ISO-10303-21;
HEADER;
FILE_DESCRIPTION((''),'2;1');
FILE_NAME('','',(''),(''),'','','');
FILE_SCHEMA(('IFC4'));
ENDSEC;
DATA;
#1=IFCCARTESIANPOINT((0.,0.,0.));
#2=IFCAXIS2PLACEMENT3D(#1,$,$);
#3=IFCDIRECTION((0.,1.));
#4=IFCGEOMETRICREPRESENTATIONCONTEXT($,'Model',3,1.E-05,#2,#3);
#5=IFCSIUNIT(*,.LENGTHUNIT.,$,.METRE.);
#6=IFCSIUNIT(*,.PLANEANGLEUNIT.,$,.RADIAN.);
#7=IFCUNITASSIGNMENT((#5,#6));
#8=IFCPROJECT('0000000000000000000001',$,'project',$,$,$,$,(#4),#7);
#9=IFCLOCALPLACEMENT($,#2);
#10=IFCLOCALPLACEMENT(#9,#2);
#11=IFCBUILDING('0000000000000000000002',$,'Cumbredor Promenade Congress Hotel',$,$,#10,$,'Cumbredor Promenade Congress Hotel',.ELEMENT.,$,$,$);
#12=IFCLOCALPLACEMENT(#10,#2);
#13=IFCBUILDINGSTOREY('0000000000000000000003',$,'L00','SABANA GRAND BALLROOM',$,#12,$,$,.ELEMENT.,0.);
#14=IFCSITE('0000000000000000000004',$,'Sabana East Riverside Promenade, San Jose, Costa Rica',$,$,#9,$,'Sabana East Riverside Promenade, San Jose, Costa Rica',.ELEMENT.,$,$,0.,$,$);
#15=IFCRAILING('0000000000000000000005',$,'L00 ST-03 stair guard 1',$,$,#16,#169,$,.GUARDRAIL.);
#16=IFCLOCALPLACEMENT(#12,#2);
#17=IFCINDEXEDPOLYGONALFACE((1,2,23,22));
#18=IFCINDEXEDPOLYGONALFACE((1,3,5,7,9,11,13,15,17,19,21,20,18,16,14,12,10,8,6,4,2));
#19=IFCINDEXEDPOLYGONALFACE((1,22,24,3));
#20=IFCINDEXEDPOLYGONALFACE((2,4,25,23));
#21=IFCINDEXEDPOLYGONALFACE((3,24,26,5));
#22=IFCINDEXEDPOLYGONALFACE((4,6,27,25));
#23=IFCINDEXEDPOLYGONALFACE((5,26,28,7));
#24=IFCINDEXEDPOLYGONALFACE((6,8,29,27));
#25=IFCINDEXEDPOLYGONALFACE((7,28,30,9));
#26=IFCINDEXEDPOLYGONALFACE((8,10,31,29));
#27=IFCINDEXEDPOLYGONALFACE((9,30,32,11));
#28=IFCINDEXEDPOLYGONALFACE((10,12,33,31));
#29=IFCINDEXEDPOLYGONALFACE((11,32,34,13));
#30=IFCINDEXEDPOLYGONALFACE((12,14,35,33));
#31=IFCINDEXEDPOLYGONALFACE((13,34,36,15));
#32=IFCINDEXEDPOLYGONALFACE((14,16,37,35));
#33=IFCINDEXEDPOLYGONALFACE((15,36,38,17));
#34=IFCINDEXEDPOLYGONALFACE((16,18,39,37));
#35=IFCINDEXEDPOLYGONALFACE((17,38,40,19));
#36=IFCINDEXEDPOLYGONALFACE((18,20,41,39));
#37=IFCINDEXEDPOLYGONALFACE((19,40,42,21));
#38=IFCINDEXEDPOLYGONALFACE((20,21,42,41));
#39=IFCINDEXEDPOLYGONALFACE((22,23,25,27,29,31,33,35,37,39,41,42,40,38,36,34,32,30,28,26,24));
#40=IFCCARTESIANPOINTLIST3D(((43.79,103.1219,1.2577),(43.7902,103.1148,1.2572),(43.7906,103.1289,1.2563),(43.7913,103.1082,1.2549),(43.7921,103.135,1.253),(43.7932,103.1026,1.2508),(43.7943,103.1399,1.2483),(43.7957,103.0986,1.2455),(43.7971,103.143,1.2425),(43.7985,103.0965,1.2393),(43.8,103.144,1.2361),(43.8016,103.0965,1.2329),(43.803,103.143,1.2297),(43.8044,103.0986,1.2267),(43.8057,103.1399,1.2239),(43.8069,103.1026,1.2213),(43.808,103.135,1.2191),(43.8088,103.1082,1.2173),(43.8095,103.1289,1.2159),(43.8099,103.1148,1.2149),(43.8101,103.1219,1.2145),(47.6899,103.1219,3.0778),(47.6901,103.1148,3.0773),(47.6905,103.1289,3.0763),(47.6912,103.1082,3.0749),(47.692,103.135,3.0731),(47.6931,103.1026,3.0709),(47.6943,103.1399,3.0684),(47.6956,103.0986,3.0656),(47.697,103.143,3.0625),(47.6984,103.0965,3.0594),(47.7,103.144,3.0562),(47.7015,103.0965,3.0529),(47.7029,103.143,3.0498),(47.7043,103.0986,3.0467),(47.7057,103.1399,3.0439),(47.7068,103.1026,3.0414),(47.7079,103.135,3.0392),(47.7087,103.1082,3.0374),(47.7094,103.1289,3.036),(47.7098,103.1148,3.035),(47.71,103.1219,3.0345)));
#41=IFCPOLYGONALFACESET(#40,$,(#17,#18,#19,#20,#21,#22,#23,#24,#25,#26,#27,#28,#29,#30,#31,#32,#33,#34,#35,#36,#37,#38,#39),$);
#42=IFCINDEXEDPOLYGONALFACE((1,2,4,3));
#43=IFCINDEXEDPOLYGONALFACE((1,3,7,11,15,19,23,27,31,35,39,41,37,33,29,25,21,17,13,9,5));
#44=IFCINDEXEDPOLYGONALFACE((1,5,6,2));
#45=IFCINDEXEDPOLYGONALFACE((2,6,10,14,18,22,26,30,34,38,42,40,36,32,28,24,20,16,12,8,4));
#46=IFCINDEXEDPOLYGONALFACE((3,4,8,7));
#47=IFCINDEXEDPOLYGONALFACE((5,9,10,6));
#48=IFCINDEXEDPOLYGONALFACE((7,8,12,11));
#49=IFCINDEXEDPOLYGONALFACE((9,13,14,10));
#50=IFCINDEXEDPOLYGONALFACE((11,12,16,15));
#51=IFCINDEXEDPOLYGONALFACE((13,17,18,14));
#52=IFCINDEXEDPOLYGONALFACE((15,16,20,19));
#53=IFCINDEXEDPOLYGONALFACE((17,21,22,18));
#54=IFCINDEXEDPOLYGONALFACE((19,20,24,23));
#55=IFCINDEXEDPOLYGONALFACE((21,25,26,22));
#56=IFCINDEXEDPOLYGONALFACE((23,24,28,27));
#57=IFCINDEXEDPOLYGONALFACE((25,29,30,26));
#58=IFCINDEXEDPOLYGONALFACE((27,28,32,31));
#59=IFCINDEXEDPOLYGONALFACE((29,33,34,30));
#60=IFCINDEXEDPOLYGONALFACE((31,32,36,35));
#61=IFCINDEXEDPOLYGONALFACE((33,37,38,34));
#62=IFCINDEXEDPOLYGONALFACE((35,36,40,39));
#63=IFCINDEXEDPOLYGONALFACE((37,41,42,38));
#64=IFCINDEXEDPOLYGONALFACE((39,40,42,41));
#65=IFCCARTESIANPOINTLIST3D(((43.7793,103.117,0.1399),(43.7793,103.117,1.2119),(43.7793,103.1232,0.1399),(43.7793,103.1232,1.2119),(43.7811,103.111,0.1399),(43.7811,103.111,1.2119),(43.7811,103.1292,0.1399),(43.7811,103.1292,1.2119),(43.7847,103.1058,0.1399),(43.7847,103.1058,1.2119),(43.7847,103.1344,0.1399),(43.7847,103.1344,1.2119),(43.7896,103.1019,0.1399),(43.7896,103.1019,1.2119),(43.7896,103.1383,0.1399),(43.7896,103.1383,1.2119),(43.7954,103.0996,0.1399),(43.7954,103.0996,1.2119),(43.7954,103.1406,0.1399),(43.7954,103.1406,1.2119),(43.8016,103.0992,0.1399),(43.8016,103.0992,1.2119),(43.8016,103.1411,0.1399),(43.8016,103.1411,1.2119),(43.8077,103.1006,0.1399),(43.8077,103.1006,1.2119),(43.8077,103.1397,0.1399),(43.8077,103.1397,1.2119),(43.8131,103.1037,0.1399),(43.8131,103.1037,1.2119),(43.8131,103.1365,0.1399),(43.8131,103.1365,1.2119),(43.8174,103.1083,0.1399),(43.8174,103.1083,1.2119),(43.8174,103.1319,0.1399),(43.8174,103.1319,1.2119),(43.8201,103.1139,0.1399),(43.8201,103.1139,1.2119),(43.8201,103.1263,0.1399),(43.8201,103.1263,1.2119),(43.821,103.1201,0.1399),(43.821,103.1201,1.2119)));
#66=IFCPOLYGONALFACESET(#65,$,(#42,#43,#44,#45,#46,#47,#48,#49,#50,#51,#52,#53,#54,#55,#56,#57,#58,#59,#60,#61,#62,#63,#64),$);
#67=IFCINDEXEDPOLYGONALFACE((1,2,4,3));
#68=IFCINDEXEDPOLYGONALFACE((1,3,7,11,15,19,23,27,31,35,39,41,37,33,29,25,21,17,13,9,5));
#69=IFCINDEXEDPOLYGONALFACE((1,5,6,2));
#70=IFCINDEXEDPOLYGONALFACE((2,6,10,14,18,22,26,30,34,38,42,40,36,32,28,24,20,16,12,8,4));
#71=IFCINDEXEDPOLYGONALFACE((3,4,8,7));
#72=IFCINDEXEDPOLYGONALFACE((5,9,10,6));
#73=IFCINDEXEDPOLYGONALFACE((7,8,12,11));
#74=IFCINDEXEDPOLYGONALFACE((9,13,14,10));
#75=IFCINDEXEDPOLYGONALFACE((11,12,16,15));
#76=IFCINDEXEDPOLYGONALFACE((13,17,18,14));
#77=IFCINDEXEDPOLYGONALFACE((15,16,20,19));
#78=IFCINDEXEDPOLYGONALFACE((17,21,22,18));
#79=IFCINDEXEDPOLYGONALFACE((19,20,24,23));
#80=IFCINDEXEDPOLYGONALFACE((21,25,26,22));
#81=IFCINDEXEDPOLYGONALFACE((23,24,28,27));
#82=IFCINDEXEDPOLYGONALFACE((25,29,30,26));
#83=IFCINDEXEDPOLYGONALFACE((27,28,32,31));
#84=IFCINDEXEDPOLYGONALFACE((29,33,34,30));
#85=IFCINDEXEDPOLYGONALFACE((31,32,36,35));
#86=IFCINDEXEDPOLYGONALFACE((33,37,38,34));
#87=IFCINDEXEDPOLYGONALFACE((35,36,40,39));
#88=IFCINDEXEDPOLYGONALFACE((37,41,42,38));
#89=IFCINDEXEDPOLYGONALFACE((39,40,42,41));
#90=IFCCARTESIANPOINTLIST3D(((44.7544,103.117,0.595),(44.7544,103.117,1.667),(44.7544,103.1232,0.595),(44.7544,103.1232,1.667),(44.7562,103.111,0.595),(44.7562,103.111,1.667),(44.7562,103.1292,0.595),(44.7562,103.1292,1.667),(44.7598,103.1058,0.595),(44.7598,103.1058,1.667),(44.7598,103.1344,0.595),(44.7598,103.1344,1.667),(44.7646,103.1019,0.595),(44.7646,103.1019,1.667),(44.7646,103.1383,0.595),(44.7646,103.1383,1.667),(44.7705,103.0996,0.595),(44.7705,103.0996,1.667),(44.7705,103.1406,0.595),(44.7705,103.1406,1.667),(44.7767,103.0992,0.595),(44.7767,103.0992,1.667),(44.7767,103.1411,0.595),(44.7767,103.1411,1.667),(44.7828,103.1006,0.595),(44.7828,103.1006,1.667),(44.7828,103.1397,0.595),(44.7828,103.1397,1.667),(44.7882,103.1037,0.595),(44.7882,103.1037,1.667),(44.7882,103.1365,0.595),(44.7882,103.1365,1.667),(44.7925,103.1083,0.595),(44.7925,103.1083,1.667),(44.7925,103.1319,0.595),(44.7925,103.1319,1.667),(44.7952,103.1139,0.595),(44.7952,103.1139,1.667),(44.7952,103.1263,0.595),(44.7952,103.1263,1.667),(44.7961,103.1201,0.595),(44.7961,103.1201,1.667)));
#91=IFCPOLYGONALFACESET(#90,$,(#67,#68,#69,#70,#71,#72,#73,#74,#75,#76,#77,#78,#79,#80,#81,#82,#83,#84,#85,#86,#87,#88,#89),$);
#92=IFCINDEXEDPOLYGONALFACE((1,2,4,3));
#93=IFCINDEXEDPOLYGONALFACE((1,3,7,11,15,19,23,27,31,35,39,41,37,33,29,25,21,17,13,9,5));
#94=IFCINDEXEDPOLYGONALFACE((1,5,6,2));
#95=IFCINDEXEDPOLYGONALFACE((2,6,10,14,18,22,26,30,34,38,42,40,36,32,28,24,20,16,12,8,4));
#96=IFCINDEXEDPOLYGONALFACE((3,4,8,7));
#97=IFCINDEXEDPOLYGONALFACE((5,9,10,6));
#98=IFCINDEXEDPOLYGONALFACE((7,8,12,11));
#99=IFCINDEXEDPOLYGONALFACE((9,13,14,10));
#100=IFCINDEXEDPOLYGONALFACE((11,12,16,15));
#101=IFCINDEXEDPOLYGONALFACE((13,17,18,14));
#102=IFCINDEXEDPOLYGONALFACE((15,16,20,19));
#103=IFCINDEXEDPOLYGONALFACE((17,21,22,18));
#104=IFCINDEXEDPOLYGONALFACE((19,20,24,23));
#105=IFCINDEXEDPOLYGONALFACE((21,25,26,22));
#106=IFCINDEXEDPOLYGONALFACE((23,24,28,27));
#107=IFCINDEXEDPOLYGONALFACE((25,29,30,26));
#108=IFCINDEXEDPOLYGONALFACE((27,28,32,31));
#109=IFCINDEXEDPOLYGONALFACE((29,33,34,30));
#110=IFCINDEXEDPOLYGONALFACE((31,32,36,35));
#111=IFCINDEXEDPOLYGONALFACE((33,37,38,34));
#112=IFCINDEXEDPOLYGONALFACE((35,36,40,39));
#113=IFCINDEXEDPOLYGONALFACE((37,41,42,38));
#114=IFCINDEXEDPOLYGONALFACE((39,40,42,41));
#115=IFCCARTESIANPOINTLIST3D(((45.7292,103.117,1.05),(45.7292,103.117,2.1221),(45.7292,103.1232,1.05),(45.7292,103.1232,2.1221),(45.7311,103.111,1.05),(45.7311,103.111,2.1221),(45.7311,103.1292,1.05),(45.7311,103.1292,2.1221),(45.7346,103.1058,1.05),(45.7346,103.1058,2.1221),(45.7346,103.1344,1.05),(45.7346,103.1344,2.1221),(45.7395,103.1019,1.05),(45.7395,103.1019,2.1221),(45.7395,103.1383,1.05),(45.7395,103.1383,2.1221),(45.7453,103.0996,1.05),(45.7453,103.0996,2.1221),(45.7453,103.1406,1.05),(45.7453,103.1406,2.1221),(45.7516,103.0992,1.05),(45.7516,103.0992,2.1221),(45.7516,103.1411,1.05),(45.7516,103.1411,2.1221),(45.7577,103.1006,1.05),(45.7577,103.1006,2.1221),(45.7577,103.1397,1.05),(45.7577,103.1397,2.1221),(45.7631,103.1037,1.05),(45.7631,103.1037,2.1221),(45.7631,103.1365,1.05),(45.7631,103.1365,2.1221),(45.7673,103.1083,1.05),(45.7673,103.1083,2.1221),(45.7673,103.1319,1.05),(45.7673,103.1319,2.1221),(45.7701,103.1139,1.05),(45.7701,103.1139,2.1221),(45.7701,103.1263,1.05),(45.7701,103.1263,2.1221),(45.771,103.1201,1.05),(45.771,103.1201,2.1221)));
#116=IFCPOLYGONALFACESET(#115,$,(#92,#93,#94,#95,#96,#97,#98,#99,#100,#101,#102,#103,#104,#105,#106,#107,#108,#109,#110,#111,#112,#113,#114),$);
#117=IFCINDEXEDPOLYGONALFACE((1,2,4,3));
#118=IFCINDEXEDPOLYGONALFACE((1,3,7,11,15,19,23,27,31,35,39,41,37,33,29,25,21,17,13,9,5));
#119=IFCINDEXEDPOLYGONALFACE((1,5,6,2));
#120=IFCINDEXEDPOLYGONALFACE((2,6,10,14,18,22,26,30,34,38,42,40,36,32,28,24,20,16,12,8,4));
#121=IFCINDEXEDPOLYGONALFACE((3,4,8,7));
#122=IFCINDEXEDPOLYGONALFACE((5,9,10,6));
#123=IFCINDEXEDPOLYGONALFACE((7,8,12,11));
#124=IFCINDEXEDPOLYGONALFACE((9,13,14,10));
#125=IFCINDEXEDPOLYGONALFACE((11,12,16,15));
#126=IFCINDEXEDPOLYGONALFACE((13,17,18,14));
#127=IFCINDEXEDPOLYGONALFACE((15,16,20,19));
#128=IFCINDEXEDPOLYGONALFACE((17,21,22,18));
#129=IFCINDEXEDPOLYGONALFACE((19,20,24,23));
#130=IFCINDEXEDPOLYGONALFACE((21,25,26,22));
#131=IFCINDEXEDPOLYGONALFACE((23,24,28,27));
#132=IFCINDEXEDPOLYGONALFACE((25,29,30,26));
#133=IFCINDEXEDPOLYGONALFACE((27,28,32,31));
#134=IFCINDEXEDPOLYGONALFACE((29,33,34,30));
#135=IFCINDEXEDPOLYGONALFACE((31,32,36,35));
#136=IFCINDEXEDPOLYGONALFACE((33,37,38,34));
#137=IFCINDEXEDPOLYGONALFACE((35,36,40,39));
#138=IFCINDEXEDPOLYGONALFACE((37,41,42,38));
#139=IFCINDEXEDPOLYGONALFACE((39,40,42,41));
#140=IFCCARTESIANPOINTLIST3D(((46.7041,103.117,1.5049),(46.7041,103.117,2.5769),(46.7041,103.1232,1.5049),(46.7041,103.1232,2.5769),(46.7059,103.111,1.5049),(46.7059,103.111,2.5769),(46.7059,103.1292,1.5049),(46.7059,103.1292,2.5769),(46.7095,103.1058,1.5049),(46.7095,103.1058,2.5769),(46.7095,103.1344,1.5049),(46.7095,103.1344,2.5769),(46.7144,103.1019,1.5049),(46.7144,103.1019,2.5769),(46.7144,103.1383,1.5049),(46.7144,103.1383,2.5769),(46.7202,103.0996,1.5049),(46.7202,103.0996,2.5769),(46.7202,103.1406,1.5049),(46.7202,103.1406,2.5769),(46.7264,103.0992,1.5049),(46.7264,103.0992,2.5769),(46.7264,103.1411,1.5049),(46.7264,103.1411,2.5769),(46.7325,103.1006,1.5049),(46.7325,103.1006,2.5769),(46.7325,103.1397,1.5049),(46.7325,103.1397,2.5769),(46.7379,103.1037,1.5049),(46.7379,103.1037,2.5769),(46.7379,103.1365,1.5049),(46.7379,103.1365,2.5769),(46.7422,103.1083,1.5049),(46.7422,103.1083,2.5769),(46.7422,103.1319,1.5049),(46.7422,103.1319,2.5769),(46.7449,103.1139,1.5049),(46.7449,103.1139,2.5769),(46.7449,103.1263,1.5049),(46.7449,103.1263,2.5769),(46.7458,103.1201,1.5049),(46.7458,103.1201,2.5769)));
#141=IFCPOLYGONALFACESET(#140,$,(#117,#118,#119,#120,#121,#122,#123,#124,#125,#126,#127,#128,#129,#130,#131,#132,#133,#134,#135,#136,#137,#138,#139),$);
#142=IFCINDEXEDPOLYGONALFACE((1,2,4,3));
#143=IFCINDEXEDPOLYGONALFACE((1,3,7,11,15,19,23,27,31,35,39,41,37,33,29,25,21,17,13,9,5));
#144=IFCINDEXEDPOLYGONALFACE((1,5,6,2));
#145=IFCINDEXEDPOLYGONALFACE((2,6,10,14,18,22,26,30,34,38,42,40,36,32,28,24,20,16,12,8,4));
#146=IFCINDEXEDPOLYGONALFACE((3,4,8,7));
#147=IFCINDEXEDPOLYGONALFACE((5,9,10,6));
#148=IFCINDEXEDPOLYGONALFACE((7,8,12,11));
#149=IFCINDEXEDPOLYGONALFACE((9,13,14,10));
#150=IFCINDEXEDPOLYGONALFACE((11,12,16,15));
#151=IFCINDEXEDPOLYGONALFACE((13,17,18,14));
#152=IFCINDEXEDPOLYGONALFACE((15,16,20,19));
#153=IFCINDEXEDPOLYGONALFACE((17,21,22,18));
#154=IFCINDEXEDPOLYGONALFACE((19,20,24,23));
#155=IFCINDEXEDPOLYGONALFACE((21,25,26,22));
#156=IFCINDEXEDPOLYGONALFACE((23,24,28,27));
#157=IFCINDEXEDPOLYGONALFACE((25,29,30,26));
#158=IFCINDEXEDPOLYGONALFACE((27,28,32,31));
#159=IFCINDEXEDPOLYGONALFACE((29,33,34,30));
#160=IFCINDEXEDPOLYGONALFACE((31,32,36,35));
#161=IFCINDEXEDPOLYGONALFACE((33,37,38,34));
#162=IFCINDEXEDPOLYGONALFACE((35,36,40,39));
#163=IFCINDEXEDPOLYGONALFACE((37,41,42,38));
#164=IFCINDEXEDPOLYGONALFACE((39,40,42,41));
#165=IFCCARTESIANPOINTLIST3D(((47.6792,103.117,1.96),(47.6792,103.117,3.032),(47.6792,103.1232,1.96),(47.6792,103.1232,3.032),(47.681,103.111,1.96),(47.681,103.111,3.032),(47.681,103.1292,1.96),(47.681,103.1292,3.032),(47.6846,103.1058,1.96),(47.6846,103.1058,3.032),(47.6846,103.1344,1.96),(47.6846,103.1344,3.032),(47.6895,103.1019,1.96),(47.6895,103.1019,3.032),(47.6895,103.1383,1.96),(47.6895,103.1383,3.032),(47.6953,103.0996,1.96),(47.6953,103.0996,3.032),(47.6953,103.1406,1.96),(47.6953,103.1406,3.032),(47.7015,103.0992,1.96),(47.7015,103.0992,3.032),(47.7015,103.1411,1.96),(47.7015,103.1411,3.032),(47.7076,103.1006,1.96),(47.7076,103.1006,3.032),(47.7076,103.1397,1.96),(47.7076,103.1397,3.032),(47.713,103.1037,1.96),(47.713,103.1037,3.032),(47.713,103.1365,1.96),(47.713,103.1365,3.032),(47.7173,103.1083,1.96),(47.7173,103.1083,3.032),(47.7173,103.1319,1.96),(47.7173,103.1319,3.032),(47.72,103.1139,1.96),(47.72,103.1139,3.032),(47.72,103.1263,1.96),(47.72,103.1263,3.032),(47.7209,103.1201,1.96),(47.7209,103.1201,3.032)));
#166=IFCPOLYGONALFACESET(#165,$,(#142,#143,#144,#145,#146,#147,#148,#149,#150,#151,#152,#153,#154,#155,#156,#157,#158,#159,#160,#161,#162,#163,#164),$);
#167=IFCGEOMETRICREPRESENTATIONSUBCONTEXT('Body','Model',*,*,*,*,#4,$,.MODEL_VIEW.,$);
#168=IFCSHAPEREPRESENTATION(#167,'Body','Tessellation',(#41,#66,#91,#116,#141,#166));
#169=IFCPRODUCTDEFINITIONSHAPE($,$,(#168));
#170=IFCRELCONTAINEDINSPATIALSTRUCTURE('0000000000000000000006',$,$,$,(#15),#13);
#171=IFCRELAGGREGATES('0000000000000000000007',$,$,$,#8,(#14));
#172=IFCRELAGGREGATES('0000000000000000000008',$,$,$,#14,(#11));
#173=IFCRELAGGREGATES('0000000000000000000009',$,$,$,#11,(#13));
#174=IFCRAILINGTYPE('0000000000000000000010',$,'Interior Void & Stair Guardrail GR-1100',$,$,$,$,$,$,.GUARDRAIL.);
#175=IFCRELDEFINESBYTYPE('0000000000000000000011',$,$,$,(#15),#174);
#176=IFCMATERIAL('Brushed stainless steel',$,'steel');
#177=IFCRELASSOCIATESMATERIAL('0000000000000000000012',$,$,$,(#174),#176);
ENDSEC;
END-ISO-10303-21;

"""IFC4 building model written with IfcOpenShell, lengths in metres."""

from ifc_helpers import new_model, si_unit, direction, frame, origin, origin_2d, place, context, subcontext, project, spatial, circle, extrude, material, type_object, element, save


model = new_model("IFC4")

# Units and contexts
model_context = context("Model", 3, precision=1e-05, world=origin(), true_north=direction((0.0, 1.0)))
body_context = subcontext(model_context, "Body", "Model", "MODEL_VIEW")
ifc_project = project(units=[si_unit("LENGTHUNIT", "METRE"), si_unit("PLANEANGLEUNIT", "RADIAN")], contexts=[model_context])

# Site, building, storey
site_placement = place(None, origin())
site = spatial("IfcSite", under=ifc_project, at=site_placement, Name="Sabana East Riverside Promenade, San Jose, Costa Rica", LongName="Sabana East Riverside Promenade, San Jose, Costa Rica", CompositionType="ELEMENT", RefElevation=0.0)
building_placement = place(site_placement, origin())
building = spatial("IfcBuilding", under=site, at=building_placement, Name="Cumbredor Promenade Congress Hotel", LongName="Cumbredor Promenade Congress Hotel", CompositionType="ELEMENT")
storey_placement = place(building_placement, origin())
storey = spatial("IfcBuildingStorey", under=building, at=storey_placement, Name="L00", Description="SABANA GRAND BALLROOM", CompositionType="ELEMENT", Elevation=0.0)

# Railing
ifc_material_1 = material(Name="Brushed stainless steel", Category="steel")
railing_type_1 = type_object("IfcRailingType", Name="Interior Void & Stair Guardrail GR-1100", PredefinedType="GUARDRAIL", material=ifc_material_1)
railing_1_placement = place(storey_placement, frame((43.8, 103.1201, 0.1399)))
element("IfcRailing", 1, at=railing_1_placement, inside=storey, type_object=railing_type_1, Name="L00 ST-03 stair guard 1", PredefinedType="GUARDRAIL", context=body_context, shape_type="SweptSolid", body=[
    extrude(circle(Radius=0.0239, at=origin_2d()), frame((0.0, 0.0, 1.0962), z_axis=(0.906173, 0.0, 0.422907), x_axis=(0.0, 1.0, 0.0)), (0.0, 0.0, 1.0), 4.3037),
    extrude(circle(Radius=0.021, at=origin_2d()), origin(), (0.0, 0.0, 1.0), 1.072),
    extrude(circle(Radius=0.021, at=origin_2d()), frame((0.9751, 0.0, 0.4551)), (0.0, 0.0, 1.0), 1.072),
    extrude(circle(Radius=0.021, at=origin_2d()), frame((1.95, 0.0, 0.9102)), (0.0, 0.0, 1.0), 1.072),
    extrude(circle(Radius=0.021, at=origin_2d()), frame((2.9248, 0.0, 1.365)), (0.0, 0.0, 1.0), 1.072),
    extrude(circle(Radius=0.021, at=origin_2d()), frame((3.8999, 0.0, 1.8201)), (0.0, 0.0, 1.0), 1.072),
])

save(model, "model.ifc")
